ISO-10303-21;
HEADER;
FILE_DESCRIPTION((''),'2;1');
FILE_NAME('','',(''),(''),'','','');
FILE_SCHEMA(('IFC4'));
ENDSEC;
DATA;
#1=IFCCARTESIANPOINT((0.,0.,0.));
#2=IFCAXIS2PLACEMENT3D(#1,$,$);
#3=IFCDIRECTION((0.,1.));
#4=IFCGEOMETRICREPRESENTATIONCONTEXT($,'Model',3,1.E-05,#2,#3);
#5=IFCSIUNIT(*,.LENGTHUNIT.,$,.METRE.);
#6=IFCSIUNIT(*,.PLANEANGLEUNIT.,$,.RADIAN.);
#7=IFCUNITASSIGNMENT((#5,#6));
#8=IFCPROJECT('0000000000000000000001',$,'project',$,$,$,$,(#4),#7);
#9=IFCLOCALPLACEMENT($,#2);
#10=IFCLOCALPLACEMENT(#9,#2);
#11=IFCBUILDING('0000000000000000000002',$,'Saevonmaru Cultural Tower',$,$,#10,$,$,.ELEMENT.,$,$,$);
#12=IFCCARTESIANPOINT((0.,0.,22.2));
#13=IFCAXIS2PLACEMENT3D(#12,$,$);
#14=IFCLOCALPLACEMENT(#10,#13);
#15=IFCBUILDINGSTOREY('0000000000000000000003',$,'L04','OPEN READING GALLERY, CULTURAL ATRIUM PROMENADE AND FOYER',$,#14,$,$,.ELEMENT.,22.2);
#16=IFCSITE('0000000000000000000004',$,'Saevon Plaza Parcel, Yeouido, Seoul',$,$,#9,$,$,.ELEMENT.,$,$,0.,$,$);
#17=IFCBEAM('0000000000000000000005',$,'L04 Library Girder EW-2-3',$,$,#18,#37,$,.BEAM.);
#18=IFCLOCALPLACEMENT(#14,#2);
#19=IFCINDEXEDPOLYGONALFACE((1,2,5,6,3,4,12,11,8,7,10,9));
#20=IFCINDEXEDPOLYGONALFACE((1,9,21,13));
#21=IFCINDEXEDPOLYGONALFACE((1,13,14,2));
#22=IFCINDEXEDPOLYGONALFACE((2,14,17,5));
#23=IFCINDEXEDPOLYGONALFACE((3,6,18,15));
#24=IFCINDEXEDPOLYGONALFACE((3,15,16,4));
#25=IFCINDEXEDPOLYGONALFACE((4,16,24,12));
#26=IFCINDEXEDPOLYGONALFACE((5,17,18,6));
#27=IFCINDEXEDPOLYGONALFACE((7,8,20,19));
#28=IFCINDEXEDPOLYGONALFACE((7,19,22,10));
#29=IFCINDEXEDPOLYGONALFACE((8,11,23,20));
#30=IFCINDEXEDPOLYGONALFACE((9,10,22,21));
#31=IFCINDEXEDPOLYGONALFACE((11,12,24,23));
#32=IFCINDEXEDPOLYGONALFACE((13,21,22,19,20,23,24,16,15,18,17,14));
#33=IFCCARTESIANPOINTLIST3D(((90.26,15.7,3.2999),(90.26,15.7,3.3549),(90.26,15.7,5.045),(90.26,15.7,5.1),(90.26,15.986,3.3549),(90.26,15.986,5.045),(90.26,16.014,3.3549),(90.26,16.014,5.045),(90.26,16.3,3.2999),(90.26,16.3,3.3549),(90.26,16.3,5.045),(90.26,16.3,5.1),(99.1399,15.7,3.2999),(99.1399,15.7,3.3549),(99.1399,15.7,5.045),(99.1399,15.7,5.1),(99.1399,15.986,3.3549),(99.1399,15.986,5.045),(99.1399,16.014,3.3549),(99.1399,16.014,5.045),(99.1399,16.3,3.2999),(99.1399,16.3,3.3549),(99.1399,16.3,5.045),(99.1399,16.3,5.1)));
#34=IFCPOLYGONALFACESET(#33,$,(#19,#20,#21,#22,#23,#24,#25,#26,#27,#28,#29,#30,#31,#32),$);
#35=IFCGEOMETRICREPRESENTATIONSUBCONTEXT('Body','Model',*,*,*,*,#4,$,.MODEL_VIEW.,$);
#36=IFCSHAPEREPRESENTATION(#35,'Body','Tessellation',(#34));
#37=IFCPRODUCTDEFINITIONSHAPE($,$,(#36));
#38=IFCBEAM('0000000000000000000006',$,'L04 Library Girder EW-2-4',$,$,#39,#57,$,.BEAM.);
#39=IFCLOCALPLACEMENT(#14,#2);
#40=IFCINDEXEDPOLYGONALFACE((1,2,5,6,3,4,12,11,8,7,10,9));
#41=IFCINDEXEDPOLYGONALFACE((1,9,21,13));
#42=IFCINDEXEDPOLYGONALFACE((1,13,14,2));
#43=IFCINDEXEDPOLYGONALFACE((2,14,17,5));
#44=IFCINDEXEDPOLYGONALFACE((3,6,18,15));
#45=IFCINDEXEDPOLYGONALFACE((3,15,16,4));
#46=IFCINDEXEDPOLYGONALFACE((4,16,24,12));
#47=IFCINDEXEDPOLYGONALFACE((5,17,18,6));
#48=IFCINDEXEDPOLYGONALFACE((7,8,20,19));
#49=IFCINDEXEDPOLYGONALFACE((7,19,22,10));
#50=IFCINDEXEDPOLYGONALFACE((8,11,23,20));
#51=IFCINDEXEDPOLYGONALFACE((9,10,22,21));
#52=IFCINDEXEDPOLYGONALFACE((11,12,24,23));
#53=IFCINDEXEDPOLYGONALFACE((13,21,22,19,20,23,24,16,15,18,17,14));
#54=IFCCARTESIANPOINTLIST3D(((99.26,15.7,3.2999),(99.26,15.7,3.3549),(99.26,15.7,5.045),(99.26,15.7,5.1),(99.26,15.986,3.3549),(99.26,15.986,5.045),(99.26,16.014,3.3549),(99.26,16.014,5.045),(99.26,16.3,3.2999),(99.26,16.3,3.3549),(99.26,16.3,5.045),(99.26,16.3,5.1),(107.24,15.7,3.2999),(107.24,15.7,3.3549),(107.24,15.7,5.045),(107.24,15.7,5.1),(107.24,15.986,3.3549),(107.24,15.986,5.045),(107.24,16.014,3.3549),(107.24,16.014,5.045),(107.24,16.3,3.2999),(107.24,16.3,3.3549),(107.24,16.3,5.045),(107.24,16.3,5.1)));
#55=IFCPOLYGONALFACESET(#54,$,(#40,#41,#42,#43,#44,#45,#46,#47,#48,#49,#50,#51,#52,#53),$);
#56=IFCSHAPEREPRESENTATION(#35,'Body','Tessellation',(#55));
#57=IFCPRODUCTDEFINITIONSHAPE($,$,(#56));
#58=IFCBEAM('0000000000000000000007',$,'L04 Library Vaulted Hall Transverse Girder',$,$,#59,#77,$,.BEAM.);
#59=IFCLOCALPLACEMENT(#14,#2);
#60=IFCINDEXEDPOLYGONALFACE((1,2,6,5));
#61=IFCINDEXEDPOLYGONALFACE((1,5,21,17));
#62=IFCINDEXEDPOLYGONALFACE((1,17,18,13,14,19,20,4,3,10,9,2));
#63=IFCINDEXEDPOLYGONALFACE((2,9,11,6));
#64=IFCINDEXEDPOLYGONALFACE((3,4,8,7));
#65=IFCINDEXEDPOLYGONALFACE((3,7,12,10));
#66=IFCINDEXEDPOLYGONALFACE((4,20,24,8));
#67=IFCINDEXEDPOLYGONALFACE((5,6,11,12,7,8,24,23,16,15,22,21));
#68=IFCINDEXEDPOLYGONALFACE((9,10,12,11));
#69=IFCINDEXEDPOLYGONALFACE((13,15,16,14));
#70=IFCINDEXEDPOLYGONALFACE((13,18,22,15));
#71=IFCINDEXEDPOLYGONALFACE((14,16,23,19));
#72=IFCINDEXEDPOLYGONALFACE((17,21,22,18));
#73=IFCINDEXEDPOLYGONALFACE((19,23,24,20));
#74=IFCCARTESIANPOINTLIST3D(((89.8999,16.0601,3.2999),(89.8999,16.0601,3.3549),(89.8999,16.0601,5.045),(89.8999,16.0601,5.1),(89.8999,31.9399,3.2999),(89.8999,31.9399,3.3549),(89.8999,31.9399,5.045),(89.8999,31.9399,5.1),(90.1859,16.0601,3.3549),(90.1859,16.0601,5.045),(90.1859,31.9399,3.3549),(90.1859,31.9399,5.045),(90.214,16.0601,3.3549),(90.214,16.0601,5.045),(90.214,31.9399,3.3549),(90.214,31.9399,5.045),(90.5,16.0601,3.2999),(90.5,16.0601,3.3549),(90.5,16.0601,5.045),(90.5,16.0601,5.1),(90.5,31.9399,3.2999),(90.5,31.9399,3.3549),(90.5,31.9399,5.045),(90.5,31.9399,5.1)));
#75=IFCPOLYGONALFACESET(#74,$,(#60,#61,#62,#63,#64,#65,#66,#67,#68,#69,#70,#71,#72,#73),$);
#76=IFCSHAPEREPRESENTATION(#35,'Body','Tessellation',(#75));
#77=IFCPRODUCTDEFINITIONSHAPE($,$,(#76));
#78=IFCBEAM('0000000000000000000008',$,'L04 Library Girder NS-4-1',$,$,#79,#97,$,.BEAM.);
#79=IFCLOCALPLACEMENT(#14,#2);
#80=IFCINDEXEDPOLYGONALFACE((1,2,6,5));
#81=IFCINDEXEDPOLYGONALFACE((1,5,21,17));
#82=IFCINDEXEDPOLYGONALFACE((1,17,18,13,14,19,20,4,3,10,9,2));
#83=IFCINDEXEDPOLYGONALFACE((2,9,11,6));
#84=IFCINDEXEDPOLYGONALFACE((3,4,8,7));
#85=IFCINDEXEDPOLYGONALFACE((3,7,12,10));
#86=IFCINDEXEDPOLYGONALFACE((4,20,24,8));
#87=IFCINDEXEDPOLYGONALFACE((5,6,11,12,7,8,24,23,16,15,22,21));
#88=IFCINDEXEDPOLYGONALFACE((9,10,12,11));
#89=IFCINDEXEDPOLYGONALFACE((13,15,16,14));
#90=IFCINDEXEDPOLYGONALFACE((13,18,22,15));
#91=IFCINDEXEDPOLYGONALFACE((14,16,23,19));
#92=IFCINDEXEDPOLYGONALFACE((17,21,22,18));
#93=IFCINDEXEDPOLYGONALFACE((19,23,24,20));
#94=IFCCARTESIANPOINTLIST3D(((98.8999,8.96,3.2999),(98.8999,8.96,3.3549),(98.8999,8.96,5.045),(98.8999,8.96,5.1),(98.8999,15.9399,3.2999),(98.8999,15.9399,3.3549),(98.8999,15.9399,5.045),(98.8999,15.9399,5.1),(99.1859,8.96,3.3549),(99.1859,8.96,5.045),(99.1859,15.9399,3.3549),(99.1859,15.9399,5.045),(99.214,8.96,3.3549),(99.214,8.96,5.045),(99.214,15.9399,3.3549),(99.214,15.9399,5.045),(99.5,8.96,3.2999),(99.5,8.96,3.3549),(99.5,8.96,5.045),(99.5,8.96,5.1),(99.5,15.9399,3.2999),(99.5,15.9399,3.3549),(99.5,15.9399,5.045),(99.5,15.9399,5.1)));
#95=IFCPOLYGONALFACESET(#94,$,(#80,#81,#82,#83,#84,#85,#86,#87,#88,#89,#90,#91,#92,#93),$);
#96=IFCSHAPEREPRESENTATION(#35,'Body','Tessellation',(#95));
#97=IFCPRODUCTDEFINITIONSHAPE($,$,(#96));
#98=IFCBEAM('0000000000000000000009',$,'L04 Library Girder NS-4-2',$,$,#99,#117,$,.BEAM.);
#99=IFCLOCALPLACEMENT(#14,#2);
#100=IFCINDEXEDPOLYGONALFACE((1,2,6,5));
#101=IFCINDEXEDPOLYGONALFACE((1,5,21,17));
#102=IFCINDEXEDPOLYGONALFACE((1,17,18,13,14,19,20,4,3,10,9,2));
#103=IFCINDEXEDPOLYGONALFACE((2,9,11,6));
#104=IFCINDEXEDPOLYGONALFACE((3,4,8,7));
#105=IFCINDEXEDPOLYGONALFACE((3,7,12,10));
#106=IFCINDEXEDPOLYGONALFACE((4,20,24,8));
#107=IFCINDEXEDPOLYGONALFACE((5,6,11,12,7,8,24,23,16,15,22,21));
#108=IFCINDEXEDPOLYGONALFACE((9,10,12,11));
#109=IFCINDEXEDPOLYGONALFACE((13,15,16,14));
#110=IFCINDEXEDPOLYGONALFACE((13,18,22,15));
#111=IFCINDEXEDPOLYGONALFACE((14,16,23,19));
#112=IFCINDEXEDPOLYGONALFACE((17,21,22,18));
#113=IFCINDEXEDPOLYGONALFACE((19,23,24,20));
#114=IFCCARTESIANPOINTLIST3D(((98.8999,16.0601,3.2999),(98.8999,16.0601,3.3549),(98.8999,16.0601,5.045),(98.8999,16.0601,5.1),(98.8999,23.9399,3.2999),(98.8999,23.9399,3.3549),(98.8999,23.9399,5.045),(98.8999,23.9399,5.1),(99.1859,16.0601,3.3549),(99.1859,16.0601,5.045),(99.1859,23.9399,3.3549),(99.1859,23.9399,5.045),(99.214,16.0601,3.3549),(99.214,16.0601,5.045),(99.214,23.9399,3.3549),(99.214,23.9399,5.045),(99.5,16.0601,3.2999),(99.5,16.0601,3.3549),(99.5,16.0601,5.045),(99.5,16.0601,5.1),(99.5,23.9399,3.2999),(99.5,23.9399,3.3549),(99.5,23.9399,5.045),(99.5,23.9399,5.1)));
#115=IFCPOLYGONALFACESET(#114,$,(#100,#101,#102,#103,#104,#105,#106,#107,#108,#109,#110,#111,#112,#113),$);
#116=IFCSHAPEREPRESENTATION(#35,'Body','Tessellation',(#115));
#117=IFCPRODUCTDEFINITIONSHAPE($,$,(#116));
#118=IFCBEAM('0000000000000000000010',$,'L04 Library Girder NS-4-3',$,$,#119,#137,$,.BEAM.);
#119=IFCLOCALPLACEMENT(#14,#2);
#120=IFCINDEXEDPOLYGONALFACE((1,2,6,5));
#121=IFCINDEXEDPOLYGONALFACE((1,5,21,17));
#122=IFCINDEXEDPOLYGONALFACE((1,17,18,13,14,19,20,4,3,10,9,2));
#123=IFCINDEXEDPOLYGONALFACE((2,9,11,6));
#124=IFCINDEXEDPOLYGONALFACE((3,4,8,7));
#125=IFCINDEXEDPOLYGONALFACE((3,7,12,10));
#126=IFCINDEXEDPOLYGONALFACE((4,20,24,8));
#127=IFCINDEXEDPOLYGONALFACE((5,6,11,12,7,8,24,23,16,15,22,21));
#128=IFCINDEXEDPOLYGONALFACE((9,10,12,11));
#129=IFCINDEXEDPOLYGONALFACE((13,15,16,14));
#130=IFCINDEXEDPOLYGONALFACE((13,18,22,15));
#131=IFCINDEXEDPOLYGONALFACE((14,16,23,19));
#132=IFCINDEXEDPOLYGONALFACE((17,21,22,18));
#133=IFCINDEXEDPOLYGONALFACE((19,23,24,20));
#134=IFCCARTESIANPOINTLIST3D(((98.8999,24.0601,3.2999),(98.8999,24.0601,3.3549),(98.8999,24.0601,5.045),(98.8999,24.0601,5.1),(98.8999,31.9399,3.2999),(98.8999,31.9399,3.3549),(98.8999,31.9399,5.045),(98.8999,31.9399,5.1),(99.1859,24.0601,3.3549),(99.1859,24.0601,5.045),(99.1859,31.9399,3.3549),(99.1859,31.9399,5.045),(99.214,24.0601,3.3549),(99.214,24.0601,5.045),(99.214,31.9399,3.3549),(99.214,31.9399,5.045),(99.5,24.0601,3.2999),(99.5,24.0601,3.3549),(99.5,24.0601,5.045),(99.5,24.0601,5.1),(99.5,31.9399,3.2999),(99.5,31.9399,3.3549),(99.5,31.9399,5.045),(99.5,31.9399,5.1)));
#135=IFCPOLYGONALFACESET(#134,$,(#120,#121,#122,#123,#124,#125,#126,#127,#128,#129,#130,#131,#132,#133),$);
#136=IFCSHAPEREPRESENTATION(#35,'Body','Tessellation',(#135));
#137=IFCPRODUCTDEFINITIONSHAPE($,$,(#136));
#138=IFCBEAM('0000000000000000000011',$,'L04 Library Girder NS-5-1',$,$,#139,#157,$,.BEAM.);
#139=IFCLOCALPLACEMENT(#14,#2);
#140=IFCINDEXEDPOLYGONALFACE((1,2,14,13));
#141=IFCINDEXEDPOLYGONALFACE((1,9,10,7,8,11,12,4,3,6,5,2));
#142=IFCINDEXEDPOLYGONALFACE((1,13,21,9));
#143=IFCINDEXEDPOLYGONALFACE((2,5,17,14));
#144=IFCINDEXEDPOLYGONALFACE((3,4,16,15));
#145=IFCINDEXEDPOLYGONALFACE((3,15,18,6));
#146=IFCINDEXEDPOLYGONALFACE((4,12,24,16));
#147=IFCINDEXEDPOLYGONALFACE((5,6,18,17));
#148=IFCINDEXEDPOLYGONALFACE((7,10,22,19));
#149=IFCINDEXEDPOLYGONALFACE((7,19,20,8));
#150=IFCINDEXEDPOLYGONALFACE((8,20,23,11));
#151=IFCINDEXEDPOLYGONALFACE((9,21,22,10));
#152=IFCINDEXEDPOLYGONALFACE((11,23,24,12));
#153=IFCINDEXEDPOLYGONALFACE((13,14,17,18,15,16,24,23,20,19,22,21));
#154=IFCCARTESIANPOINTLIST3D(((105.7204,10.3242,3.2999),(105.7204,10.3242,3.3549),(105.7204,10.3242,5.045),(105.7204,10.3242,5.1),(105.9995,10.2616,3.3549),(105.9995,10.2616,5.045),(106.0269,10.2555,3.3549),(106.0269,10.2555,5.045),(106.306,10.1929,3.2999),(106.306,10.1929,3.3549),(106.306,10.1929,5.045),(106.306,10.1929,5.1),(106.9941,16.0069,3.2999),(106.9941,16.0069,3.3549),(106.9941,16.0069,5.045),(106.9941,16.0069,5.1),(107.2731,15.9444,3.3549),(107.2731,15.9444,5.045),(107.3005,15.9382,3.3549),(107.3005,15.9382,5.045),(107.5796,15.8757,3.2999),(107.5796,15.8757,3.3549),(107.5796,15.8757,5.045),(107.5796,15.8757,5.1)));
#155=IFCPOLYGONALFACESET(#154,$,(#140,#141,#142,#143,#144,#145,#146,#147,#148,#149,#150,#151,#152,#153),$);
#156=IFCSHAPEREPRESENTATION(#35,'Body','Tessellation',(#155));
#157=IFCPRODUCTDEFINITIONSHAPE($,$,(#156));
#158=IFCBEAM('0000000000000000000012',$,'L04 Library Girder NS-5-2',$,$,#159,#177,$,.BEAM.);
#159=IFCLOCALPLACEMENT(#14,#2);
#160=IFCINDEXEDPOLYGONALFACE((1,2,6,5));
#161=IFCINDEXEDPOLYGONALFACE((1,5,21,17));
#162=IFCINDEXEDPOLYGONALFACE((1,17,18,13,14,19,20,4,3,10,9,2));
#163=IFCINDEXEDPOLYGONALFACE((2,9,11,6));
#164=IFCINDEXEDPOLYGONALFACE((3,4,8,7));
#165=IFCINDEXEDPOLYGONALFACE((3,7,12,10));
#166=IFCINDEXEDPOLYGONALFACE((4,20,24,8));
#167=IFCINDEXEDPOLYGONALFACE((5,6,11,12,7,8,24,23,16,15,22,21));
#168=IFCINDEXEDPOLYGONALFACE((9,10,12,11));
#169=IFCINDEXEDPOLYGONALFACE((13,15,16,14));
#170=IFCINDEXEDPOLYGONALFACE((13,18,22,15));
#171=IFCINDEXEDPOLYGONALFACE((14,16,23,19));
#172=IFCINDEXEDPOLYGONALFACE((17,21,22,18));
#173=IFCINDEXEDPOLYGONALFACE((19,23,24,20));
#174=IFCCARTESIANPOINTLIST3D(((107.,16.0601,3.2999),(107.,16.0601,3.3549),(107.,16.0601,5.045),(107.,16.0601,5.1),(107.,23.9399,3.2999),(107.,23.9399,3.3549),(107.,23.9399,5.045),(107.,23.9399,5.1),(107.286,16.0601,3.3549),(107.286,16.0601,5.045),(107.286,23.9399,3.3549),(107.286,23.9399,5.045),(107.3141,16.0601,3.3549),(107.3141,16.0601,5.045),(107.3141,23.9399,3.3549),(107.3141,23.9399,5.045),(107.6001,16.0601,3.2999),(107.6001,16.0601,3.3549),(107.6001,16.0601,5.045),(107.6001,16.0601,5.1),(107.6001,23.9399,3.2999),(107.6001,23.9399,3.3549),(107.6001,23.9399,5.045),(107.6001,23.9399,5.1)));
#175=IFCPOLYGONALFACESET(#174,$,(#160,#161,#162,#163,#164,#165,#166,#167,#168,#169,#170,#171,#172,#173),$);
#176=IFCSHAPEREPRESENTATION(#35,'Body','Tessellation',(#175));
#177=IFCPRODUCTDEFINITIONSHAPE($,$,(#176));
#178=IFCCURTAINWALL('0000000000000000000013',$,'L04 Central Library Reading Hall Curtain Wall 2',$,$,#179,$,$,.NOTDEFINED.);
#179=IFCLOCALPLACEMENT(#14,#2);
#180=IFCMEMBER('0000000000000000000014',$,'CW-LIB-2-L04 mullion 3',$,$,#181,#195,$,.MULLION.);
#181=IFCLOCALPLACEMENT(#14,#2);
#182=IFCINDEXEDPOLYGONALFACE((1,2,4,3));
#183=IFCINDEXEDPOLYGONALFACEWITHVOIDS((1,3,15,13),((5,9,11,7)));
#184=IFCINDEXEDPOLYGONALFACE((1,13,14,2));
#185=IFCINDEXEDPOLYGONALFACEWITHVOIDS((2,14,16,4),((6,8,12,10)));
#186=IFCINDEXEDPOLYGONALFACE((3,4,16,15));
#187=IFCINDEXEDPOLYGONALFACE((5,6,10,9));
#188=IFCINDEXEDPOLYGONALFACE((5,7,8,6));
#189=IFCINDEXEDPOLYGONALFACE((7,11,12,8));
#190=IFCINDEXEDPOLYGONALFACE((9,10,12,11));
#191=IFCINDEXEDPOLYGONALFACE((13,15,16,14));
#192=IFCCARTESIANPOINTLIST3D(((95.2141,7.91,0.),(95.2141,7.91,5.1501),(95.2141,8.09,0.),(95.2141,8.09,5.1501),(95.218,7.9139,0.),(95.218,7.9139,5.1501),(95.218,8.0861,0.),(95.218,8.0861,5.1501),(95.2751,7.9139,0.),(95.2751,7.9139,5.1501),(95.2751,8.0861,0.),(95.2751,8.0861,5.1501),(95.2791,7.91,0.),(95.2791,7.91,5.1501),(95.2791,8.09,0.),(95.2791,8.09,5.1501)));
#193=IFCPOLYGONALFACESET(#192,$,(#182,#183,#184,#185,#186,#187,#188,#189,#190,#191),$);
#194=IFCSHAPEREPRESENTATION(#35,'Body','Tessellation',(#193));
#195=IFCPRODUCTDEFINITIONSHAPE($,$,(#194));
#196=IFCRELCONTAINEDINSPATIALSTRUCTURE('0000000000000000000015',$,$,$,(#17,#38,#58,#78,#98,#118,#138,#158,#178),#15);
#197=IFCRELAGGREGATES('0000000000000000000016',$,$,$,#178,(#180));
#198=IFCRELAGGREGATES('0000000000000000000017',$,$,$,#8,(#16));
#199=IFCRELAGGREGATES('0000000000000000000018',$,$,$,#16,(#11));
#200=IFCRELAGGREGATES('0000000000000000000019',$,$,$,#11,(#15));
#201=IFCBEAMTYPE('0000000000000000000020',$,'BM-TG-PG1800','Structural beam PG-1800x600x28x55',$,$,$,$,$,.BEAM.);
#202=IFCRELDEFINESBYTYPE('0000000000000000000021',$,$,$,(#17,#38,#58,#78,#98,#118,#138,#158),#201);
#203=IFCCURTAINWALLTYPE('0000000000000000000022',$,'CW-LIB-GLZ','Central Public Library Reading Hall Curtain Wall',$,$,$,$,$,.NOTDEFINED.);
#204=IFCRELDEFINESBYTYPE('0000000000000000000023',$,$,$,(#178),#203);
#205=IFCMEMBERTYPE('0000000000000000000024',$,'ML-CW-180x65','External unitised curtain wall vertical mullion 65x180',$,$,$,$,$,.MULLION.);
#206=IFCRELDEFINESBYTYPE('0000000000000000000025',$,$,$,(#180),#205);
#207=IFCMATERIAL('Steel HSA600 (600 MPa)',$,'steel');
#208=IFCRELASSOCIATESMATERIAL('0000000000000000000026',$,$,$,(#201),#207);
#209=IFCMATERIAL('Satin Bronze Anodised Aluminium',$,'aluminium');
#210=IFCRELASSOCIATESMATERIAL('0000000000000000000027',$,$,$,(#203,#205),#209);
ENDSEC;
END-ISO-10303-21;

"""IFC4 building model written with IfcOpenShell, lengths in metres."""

from ifc_helpers import new_model, si_unit, direction, frame, origin, origin_2d, place, context, subcontext, project, spatial, hollow_rectangle, i_section, extrude, material, material_profile, profile_set, type_object, element, aggregate, save


model = new_model("IFC4")

# Units and contexts
model_context = context("Model", 3, precision=1e-05, world=origin(), true_north=direction((0.0, 1.0)))
body_context = subcontext(model_context, "Body", "Model", "MODEL_VIEW")
ifc_project = project(units=[si_unit("LENGTHUNIT", "METRE"), si_unit("PLANEANGLEUNIT", "RADIAN")], contexts=[model_context])

# Site, building, storey
site_placement = place(None, origin())
site = spatial("IfcSite", under=ifc_project, at=site_placement, Name="Saevon Plaza Parcel, Yeouido, Seoul", CompositionType="ELEMENT", RefElevation=0.0)
building_placement = place(site_placement, origin())
building = spatial("IfcBuilding", under=site, at=building_placement, Name="Saevonmaru Cultural Tower", CompositionType="ELEMENT")
storey_placement = place(building_placement, frame((0.0, 0.0, 22.2)))
storey = spatial("IfcBuildingStorey", under=building, at=storey_placement, Name="L04", Description="OPEN READING GALLERY, CULTURAL ATRIUM PROMENADE AND FOYER", CompositionType="ELEMENT", Elevation=22.2)

# Beams
ifc_material_1 = material(Name="Steel HSA600 (600 MPa)", Category="steel")
ifc_material_profile_1 = material_profile(ifc_material_1, i_section(OverallWidth=0.6001, OverallDepth=1.8, WebThickness=0.0281, FlangeThickness=0.0549, at=origin_2d()), Name="PG-1800x600x28x55")
ifc_profile_set_1 = profile_set([ifc_material_profile_1], Name="Steel HSA600 (600 MPa)")
beam_type_1 = type_object("IfcBeamType", Name="BM-TG-PG1800", Description="Structural beam PG-1800x600x28x55", PredefinedType="BEAM", material=ifc_profile_set_1)
beam_1_placement = place(storey_placement, frame((90.26, 16.0, 4.2), z_axis=(1.0, 0.0, 0.0), x_axis=(0.0, 1.0, 0.0)))
element("IfcBeam", 1, at=beam_1_placement, inside=storey, type_object=beam_type_1, Name="L04 Library Girder EW-2-3", PredefinedType="BEAM", context=body_context, shape_type="SweptSolid", body=[
    extrude(i_section(OverallWidth=0.6001, OverallDepth=1.8, WebThickness=0.0281, FlangeThickness=0.0549, at=origin_2d()), origin(), (0.0, 0.0, 1.0), 8.8799),
])
beam_2_placement = place(storey_placement, frame((99.26, 16.0, 4.2), z_axis=(1.0, 0.0, 0.0), x_axis=(0.0, 1.0, 0.0)))
element("IfcBeam", 2, at=beam_2_placement, inside=storey, type_object=beam_type_1, Name="L04 Library Girder EW-2-4", PredefinedType="BEAM", context=body_context, shape_type="SweptSolid", body=[
    extrude(i_section(OverallWidth=0.6001, OverallDepth=1.8, WebThickness=0.0281, FlangeThickness=0.0549, at=origin_2d()), origin(), (0.0, 0.0, 1.0), 7.98),
])
beam_3_placement = place(storey_placement, frame((90.2, 16.0601, 4.2), z_axis=(0.0, 1.0, 0.0), x_axis=(-1.0, 0.0, 0.0)))
element("IfcBeam", 3, at=beam_3_placement, inside=storey, type_object=beam_type_1, Name="L04 Library Vaulted Hall Transverse Girder", PredefinedType="BEAM", context=body_context, shape_type="SweptSolid", body=[
    extrude(i_section(OverallWidth=0.6001, OverallDepth=1.8, WebThickness=0.0281, FlangeThickness=0.0549, at=origin_2d()), origin(), (0.0, 0.0, 1.0), 15.8799),
])
beam_4_placement = place(storey_placement, frame((99.2, 8.96, 4.2), z_axis=(0.0, 1.0, 0.0), x_axis=(-1.0, 0.0, 0.0)))
element("IfcBeam", 4, at=beam_4_placement, inside=storey, type_object=beam_type_1, Name="L04 Library Girder NS-4-1", PredefinedType="BEAM", context=body_context, shape_type="SweptSolid", body=[
    extrude(i_section(OverallWidth=0.6001, OverallDepth=1.8, WebThickness=0.0281, FlangeThickness=0.0549, at=origin_2d()), origin(), (0.0, 0.0, 1.0), 6.98),
])
for number, where, z_axis, x_axis, name in (
    (5, (99.2, 16.0601, 4.2), (0.0, 1.0, 0.0), (-1.0, 0.0, 0.0), "L04 Library Girder NS-4-2"),
    (6, (99.2, 24.0601, 4.2), (0.0, 1.0, 0.0), (-1.0, 0.0, 0.0), "L04 Library Girder NS-4-3"),
):
    element("IfcBeam", number, at=place(storey_placement, frame(where, z_axis=z_axis, x_axis=x_axis)), inside=storey, type_object=beam_type_1, Name=name, PredefinedType="BEAM", context=body_context, shape_type="SweptSolid", body=[
        extrude(i_section(OverallWidth=0.6001, OverallDepth=1.8, WebThickness=0.0281, FlangeThickness=0.0549, at=origin_2d()), origin(), (0.0, 0.0, 1.0), 7.8799),
    ])
beam_5_placement = place(storey_placement, frame((106.0132, 10.2585, 4.2), z_axis=(0.218701, 0.975792, 0.0), x_axis=(-0.975792, 0.218701, 0.0)))
element("IfcBeam", 7, at=beam_5_placement, inside=storey, type_object=beam_type_1, Name="L04 Library Girder NS-5-1", PredefinedType="BEAM", context=body_context, shape_type="SweptSolid", body=[
    extrude(i_section(OverallWidth=0.6001, OverallDepth=1.8, WebThickness=0.0281, FlangeThickness=0.0549, at=origin_2d()), origin(), (0.0, 0.0, 1.0), 5.8237),
])
beam_6_placement = place(storey_placement, frame((107.3, 16.0601, 4.2), z_axis=(0.0, 1.0, 0.0), x_axis=(-1.0, 0.0, 0.0)))
element("IfcBeam", 8, at=beam_6_placement, inside=storey, type_object=beam_type_1, Name="L04 Library Girder NS-5-2", PredefinedType="BEAM", context=body_context, shape_type="SweptSolid", body=[
    extrude(i_section(OverallWidth=0.6001, OverallDepth=1.8, WebThickness=0.0281, FlangeThickness=0.0549, at=origin_2d()), origin(), (0.0, 0.0, 1.0), 7.8799),
])

# Curtain wall, member
ifc_material_2 = material(Name="Satin Bronze Anodised Aluminium", Category="aluminium")
curtain_wall_type = type_object("IfcCurtainWallType", Name="CW-LIB-GLZ", Description="Central Public Library Reading Hall Curtain Wall", PredefinedType="NOTDEFINED", material=ifc_material_2)
curtain_wall_placement = place(storey_placement, origin())
curtain_wall = element("IfcCurtainWall", 9, at=curtain_wall_placement, inside=storey, type_object=curtain_wall_type, Name="L04 Central Library Reading Hall Curtain Wall 2", PredefinedType="NOTDEFINED")
ifc_material_profile_2 = material_profile(ifc_material_2, hollow_rectangle(XDim=0.0649, YDim=0.1799, WallThickness=0.0039, at=origin_2d()), Name="ALU-MULL-180x65x4")
ifc_profile_set_2 = profile_set([ifc_material_profile_2], Name="Satin Bronze Anodised Aluminium")
member_type_1 = type_object("IfcMemberType", Name="ML-CW-180x65", Description="External unitised curtain wall vertical mullion 65x180", PredefinedType="MULLION", material=ifc_profile_set_2)
member_1_placement = place(storey_placement, frame((95.2466, 8.0, 0.0), z_axis=(0.0, 0.0, 1.0), x_axis=(1.0, 0.0, 0.0)))
member_1 = element("IfcMember", 10, at=member_1_placement, type_object=member_type_1, Name="CW-LIB-2-L04 mullion 3", PredefinedType="MULLION", context=body_context, shape_type="SweptSolid", body=[
    extrude(hollow_rectangle(XDim=0.0649, YDim=0.1799, WallThickness=0.0039, at=origin_2d()), origin(), (0.0, 0.0, 1.0), 5.1501),
])
aggregate(curtain_wall, [member_1])

save(model, "model.ifc")
